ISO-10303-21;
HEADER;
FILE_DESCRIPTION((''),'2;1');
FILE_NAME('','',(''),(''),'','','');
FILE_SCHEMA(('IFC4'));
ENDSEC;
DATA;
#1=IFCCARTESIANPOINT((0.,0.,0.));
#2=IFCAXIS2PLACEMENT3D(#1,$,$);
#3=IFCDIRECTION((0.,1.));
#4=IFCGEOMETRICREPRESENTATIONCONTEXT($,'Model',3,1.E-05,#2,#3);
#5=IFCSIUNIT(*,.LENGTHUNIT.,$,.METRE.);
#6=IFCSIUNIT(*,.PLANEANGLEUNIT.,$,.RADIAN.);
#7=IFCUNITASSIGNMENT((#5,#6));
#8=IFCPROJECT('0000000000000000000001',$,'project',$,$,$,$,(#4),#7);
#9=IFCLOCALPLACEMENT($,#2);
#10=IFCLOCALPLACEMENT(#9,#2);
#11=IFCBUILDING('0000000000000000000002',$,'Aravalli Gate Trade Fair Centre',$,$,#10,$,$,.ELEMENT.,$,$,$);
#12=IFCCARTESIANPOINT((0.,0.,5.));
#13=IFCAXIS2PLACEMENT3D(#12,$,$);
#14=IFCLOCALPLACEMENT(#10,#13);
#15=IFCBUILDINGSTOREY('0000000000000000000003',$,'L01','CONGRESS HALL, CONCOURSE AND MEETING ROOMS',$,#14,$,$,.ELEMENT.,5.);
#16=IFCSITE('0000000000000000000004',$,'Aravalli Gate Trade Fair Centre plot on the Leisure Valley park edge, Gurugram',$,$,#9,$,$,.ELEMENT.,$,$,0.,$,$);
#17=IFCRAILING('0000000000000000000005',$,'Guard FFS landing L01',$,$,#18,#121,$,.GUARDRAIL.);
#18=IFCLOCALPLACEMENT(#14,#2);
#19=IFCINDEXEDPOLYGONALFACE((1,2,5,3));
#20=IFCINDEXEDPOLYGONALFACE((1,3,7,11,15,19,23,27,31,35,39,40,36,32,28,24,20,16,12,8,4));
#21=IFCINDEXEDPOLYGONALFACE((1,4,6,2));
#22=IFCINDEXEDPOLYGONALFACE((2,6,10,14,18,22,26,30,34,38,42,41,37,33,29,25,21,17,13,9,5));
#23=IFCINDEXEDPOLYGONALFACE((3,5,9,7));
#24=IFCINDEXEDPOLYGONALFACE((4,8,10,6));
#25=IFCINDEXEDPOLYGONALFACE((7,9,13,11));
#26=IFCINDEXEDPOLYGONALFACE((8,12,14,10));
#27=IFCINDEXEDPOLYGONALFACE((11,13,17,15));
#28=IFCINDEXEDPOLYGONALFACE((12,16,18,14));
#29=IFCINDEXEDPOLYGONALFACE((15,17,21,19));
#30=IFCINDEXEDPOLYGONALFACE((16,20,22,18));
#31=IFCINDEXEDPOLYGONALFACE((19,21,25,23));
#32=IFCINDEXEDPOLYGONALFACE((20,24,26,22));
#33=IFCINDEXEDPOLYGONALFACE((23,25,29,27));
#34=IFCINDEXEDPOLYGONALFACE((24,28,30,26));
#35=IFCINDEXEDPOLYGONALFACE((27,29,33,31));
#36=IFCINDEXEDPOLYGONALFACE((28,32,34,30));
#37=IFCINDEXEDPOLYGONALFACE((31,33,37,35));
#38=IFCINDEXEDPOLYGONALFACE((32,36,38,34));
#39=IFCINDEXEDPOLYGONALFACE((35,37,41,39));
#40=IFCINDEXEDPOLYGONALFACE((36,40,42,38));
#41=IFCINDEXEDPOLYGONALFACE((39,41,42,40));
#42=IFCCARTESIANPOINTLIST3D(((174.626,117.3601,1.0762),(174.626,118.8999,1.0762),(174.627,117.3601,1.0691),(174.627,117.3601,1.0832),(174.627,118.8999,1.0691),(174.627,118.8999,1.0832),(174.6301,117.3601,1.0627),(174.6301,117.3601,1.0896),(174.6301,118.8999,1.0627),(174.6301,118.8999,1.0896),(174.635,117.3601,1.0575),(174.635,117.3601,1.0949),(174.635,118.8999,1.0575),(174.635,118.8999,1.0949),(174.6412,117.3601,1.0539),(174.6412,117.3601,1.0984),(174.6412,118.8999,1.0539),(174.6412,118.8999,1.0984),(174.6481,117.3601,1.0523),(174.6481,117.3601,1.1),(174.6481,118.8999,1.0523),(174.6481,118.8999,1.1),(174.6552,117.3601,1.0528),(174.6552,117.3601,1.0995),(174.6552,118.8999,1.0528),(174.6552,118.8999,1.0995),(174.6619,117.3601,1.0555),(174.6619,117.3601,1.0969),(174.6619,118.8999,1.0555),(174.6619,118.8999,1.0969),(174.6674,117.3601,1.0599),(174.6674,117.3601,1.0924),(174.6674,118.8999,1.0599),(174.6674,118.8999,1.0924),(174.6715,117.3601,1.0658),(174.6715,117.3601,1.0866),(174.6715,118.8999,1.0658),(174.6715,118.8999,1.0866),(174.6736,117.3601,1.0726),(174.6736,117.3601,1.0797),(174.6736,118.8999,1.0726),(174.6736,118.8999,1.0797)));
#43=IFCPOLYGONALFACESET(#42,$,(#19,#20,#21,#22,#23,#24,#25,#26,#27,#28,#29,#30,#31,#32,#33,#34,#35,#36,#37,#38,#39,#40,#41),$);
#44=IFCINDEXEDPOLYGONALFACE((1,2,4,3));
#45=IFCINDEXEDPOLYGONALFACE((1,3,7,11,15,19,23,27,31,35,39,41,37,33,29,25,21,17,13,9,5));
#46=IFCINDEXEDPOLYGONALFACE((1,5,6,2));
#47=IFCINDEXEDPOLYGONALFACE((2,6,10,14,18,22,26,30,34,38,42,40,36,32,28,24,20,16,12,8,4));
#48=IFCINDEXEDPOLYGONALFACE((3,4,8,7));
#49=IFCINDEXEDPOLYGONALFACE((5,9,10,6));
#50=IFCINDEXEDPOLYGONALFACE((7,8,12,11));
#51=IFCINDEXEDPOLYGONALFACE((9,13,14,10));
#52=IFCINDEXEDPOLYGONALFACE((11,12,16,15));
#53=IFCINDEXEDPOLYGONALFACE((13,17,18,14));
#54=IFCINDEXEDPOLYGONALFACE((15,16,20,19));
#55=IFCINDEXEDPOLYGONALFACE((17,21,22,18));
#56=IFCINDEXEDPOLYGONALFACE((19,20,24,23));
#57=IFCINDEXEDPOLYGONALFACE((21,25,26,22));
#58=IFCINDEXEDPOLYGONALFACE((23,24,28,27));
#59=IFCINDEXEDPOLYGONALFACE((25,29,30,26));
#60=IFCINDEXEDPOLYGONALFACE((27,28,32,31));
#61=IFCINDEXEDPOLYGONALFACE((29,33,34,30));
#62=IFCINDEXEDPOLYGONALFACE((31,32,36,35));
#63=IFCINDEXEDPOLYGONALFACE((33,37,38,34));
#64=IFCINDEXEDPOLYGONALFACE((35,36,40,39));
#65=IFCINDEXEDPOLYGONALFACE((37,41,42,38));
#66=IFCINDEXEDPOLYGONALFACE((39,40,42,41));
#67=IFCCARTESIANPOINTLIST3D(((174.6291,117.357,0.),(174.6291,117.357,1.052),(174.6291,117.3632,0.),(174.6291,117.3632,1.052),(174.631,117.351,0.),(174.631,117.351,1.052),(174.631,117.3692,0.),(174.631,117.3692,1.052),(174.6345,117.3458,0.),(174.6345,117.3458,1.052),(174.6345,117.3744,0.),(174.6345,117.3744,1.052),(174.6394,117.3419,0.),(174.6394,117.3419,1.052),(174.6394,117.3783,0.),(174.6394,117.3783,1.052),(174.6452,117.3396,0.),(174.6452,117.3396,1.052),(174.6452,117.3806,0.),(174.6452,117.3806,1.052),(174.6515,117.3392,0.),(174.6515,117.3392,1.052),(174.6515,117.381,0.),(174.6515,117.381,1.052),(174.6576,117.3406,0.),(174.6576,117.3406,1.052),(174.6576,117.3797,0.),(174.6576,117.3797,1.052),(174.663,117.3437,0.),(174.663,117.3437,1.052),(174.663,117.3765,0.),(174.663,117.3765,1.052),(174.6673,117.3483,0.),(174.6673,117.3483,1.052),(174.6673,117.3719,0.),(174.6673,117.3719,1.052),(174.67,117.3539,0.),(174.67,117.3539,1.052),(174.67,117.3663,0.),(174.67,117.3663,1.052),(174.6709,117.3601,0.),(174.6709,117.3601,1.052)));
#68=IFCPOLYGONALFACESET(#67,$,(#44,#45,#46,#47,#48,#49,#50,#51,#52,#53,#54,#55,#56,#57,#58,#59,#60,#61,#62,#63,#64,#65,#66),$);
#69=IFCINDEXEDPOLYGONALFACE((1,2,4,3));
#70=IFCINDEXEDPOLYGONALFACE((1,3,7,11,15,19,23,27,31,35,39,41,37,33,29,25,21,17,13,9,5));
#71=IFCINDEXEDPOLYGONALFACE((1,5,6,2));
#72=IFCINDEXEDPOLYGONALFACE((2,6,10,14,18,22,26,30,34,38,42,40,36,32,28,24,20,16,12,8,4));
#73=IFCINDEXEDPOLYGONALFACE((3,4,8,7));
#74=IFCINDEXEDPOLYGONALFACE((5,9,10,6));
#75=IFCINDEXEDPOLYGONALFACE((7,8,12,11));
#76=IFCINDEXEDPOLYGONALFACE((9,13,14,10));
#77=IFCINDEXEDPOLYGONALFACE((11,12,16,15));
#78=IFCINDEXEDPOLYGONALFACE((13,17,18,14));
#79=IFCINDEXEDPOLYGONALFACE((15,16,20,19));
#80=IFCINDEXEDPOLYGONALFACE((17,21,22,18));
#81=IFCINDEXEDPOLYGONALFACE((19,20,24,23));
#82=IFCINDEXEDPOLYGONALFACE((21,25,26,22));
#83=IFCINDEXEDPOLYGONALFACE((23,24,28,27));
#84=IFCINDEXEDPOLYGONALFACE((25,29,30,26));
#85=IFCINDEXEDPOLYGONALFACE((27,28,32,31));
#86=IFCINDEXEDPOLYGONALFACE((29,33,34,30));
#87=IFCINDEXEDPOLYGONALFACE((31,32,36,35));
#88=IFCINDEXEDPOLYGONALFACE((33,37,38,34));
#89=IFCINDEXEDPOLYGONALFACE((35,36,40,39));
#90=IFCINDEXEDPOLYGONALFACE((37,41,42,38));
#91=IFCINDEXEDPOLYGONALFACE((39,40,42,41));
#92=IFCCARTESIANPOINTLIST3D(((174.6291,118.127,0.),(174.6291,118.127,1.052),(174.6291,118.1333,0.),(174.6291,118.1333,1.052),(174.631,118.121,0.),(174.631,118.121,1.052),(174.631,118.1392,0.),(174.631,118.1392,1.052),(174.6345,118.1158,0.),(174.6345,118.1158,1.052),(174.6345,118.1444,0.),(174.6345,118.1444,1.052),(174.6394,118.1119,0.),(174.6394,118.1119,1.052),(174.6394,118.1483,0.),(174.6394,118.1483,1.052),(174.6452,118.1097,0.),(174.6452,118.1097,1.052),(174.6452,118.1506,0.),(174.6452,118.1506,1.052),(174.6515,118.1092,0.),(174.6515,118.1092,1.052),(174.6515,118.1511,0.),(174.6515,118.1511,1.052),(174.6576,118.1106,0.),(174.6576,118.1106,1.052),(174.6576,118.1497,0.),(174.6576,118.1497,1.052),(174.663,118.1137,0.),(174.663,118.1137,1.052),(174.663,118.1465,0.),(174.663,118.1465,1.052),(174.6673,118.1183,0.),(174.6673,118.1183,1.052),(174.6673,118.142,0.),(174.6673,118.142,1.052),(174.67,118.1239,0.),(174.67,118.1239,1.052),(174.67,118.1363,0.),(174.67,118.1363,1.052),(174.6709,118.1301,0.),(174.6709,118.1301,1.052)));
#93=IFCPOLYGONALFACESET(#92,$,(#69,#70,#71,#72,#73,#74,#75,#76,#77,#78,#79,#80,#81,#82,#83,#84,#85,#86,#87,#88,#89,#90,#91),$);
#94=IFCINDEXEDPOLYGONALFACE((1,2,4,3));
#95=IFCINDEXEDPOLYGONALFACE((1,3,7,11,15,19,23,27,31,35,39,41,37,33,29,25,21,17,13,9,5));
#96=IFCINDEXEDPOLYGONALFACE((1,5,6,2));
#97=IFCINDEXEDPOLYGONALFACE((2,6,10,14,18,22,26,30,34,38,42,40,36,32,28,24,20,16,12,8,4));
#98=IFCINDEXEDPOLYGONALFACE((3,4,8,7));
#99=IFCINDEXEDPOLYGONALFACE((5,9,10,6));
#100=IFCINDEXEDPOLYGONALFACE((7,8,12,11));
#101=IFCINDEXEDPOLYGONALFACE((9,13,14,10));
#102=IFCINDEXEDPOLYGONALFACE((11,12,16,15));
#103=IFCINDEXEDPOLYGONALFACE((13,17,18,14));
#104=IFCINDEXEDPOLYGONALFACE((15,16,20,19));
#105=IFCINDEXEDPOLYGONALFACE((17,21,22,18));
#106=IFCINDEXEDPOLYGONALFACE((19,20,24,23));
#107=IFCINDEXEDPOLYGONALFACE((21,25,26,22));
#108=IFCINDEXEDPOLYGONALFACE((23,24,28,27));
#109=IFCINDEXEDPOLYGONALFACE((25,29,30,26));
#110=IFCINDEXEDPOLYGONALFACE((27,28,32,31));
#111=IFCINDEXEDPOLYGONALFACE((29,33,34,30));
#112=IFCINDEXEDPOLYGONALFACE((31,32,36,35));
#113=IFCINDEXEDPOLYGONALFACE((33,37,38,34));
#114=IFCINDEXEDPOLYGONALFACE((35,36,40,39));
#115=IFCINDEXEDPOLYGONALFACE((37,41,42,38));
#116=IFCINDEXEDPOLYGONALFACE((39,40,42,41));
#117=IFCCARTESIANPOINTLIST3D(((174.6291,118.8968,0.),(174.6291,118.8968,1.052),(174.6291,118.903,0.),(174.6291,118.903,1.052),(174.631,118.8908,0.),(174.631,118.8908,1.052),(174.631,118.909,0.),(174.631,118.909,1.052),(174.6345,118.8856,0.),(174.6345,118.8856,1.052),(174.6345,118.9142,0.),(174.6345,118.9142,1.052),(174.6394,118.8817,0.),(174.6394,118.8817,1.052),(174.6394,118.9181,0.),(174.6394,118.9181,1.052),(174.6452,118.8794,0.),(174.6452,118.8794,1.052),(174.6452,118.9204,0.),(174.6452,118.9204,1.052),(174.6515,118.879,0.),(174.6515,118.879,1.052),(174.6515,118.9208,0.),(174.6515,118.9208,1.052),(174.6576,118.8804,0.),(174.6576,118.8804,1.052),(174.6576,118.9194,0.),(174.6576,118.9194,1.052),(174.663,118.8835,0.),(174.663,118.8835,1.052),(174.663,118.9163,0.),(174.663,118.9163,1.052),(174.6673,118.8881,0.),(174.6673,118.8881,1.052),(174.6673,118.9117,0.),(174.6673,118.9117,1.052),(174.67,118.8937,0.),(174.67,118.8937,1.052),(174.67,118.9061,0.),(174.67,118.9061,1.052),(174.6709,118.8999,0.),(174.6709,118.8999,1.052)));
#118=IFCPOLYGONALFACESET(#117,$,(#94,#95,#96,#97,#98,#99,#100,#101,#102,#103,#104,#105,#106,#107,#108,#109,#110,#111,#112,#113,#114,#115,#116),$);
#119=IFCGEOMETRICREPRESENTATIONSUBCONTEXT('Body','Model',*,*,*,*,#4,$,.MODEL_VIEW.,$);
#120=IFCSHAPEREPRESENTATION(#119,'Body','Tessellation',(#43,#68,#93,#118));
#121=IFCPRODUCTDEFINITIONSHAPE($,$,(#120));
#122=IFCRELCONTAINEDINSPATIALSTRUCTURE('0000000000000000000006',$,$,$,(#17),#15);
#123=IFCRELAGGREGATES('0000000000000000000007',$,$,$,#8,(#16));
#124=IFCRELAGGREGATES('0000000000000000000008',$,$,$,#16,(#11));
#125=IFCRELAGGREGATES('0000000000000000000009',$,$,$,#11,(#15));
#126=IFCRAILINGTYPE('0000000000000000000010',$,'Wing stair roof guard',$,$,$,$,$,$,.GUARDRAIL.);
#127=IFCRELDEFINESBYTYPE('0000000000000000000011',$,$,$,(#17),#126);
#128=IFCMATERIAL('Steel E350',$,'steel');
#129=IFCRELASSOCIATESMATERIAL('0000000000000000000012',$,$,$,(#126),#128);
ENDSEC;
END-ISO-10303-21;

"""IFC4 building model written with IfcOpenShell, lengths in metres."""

from ifc_helpers import new_model, si_unit, direction, frame, origin, origin_2d, place, context, subcontext, project, spatial, circle, extrude, material, type_object, element, save


model = new_model("IFC4")

# Units and contexts
model_context = context("Model", 3, precision=1e-05, world=origin(), true_north=direction((0.0, 1.0)))
body_context = subcontext(model_context, "Body", "Model", "MODEL_VIEW")
ifc_project = project(units=[si_unit("LENGTHUNIT", "METRE"), si_unit("PLANEANGLEUNIT", "RADIAN")], contexts=[model_context])

# Site, building, storey
site_placement = place(None, origin())
site = spatial("IfcSite", under=ifc_project, at=site_placement, Name="Aravalli Gate Trade Fair Centre plot on the Leisure Valley park edge, Gurugram", CompositionType="ELEMENT", RefElevation=0.0)
building_placement = place(site_placement, origin())
building = spatial("IfcBuilding", under=site, at=building_placement, Name="Aravalli Gate Trade Fair Centre", CompositionType="ELEMENT")
storey_placement = place(building_placement, frame((0.0, 0.0, 5.0)))
storey = spatial("IfcBuildingStorey", under=building, at=storey_placement, Name="L01", Description="CONGRESS HALL, CONCOURSE AND MEETING ROOMS", CompositionType="ELEMENT", Elevation=5.0)

# Shared definitions
ifc_material_1 = material(Name="Steel E350", Category="steel")

# Railing
railing_type_1 = type_object("IfcRailingType", Name="Wing stair roof guard", PredefinedType="GUARDRAIL", material=ifc_material_1)
railing_placement = place(storey_placement, frame((174.6499, 117.3601, 0.0)))
element("IfcRailing", 1, at=railing_placement, inside=storey, type_object=railing_type_1, Name="Guard FFS landing L01", PredefinedType="GUARDRAIL", context=body_context, shape_type="SweptSolid", body=[
    extrude(circle(Radius=0.0239, at=origin_2d()), frame((0.0, 0.0, 1.0762), z_axis=(0.0, 1.0, 0.0), x_axis=(-1.0, 0.0, 0.0)), (0.0, 0.0, 1.0), 1.5398),
    extrude(circle(Radius=0.021, at=origin_2d()), origin(), (0.0, 0.0, 1.0), 1.052),
    extrude(circle(Radius=0.021, at=origin_2d()), frame((0.0, 0.77, 0.0)), (0.0, 0.0, 1.0), 1.052),
    extrude(circle(Radius=0.021, at=origin_2d()), frame((0.0, 1.5398, 0.0)), (0.0, 0.0, 1.0), 1.052),
])

save(model, "model.ifc")
